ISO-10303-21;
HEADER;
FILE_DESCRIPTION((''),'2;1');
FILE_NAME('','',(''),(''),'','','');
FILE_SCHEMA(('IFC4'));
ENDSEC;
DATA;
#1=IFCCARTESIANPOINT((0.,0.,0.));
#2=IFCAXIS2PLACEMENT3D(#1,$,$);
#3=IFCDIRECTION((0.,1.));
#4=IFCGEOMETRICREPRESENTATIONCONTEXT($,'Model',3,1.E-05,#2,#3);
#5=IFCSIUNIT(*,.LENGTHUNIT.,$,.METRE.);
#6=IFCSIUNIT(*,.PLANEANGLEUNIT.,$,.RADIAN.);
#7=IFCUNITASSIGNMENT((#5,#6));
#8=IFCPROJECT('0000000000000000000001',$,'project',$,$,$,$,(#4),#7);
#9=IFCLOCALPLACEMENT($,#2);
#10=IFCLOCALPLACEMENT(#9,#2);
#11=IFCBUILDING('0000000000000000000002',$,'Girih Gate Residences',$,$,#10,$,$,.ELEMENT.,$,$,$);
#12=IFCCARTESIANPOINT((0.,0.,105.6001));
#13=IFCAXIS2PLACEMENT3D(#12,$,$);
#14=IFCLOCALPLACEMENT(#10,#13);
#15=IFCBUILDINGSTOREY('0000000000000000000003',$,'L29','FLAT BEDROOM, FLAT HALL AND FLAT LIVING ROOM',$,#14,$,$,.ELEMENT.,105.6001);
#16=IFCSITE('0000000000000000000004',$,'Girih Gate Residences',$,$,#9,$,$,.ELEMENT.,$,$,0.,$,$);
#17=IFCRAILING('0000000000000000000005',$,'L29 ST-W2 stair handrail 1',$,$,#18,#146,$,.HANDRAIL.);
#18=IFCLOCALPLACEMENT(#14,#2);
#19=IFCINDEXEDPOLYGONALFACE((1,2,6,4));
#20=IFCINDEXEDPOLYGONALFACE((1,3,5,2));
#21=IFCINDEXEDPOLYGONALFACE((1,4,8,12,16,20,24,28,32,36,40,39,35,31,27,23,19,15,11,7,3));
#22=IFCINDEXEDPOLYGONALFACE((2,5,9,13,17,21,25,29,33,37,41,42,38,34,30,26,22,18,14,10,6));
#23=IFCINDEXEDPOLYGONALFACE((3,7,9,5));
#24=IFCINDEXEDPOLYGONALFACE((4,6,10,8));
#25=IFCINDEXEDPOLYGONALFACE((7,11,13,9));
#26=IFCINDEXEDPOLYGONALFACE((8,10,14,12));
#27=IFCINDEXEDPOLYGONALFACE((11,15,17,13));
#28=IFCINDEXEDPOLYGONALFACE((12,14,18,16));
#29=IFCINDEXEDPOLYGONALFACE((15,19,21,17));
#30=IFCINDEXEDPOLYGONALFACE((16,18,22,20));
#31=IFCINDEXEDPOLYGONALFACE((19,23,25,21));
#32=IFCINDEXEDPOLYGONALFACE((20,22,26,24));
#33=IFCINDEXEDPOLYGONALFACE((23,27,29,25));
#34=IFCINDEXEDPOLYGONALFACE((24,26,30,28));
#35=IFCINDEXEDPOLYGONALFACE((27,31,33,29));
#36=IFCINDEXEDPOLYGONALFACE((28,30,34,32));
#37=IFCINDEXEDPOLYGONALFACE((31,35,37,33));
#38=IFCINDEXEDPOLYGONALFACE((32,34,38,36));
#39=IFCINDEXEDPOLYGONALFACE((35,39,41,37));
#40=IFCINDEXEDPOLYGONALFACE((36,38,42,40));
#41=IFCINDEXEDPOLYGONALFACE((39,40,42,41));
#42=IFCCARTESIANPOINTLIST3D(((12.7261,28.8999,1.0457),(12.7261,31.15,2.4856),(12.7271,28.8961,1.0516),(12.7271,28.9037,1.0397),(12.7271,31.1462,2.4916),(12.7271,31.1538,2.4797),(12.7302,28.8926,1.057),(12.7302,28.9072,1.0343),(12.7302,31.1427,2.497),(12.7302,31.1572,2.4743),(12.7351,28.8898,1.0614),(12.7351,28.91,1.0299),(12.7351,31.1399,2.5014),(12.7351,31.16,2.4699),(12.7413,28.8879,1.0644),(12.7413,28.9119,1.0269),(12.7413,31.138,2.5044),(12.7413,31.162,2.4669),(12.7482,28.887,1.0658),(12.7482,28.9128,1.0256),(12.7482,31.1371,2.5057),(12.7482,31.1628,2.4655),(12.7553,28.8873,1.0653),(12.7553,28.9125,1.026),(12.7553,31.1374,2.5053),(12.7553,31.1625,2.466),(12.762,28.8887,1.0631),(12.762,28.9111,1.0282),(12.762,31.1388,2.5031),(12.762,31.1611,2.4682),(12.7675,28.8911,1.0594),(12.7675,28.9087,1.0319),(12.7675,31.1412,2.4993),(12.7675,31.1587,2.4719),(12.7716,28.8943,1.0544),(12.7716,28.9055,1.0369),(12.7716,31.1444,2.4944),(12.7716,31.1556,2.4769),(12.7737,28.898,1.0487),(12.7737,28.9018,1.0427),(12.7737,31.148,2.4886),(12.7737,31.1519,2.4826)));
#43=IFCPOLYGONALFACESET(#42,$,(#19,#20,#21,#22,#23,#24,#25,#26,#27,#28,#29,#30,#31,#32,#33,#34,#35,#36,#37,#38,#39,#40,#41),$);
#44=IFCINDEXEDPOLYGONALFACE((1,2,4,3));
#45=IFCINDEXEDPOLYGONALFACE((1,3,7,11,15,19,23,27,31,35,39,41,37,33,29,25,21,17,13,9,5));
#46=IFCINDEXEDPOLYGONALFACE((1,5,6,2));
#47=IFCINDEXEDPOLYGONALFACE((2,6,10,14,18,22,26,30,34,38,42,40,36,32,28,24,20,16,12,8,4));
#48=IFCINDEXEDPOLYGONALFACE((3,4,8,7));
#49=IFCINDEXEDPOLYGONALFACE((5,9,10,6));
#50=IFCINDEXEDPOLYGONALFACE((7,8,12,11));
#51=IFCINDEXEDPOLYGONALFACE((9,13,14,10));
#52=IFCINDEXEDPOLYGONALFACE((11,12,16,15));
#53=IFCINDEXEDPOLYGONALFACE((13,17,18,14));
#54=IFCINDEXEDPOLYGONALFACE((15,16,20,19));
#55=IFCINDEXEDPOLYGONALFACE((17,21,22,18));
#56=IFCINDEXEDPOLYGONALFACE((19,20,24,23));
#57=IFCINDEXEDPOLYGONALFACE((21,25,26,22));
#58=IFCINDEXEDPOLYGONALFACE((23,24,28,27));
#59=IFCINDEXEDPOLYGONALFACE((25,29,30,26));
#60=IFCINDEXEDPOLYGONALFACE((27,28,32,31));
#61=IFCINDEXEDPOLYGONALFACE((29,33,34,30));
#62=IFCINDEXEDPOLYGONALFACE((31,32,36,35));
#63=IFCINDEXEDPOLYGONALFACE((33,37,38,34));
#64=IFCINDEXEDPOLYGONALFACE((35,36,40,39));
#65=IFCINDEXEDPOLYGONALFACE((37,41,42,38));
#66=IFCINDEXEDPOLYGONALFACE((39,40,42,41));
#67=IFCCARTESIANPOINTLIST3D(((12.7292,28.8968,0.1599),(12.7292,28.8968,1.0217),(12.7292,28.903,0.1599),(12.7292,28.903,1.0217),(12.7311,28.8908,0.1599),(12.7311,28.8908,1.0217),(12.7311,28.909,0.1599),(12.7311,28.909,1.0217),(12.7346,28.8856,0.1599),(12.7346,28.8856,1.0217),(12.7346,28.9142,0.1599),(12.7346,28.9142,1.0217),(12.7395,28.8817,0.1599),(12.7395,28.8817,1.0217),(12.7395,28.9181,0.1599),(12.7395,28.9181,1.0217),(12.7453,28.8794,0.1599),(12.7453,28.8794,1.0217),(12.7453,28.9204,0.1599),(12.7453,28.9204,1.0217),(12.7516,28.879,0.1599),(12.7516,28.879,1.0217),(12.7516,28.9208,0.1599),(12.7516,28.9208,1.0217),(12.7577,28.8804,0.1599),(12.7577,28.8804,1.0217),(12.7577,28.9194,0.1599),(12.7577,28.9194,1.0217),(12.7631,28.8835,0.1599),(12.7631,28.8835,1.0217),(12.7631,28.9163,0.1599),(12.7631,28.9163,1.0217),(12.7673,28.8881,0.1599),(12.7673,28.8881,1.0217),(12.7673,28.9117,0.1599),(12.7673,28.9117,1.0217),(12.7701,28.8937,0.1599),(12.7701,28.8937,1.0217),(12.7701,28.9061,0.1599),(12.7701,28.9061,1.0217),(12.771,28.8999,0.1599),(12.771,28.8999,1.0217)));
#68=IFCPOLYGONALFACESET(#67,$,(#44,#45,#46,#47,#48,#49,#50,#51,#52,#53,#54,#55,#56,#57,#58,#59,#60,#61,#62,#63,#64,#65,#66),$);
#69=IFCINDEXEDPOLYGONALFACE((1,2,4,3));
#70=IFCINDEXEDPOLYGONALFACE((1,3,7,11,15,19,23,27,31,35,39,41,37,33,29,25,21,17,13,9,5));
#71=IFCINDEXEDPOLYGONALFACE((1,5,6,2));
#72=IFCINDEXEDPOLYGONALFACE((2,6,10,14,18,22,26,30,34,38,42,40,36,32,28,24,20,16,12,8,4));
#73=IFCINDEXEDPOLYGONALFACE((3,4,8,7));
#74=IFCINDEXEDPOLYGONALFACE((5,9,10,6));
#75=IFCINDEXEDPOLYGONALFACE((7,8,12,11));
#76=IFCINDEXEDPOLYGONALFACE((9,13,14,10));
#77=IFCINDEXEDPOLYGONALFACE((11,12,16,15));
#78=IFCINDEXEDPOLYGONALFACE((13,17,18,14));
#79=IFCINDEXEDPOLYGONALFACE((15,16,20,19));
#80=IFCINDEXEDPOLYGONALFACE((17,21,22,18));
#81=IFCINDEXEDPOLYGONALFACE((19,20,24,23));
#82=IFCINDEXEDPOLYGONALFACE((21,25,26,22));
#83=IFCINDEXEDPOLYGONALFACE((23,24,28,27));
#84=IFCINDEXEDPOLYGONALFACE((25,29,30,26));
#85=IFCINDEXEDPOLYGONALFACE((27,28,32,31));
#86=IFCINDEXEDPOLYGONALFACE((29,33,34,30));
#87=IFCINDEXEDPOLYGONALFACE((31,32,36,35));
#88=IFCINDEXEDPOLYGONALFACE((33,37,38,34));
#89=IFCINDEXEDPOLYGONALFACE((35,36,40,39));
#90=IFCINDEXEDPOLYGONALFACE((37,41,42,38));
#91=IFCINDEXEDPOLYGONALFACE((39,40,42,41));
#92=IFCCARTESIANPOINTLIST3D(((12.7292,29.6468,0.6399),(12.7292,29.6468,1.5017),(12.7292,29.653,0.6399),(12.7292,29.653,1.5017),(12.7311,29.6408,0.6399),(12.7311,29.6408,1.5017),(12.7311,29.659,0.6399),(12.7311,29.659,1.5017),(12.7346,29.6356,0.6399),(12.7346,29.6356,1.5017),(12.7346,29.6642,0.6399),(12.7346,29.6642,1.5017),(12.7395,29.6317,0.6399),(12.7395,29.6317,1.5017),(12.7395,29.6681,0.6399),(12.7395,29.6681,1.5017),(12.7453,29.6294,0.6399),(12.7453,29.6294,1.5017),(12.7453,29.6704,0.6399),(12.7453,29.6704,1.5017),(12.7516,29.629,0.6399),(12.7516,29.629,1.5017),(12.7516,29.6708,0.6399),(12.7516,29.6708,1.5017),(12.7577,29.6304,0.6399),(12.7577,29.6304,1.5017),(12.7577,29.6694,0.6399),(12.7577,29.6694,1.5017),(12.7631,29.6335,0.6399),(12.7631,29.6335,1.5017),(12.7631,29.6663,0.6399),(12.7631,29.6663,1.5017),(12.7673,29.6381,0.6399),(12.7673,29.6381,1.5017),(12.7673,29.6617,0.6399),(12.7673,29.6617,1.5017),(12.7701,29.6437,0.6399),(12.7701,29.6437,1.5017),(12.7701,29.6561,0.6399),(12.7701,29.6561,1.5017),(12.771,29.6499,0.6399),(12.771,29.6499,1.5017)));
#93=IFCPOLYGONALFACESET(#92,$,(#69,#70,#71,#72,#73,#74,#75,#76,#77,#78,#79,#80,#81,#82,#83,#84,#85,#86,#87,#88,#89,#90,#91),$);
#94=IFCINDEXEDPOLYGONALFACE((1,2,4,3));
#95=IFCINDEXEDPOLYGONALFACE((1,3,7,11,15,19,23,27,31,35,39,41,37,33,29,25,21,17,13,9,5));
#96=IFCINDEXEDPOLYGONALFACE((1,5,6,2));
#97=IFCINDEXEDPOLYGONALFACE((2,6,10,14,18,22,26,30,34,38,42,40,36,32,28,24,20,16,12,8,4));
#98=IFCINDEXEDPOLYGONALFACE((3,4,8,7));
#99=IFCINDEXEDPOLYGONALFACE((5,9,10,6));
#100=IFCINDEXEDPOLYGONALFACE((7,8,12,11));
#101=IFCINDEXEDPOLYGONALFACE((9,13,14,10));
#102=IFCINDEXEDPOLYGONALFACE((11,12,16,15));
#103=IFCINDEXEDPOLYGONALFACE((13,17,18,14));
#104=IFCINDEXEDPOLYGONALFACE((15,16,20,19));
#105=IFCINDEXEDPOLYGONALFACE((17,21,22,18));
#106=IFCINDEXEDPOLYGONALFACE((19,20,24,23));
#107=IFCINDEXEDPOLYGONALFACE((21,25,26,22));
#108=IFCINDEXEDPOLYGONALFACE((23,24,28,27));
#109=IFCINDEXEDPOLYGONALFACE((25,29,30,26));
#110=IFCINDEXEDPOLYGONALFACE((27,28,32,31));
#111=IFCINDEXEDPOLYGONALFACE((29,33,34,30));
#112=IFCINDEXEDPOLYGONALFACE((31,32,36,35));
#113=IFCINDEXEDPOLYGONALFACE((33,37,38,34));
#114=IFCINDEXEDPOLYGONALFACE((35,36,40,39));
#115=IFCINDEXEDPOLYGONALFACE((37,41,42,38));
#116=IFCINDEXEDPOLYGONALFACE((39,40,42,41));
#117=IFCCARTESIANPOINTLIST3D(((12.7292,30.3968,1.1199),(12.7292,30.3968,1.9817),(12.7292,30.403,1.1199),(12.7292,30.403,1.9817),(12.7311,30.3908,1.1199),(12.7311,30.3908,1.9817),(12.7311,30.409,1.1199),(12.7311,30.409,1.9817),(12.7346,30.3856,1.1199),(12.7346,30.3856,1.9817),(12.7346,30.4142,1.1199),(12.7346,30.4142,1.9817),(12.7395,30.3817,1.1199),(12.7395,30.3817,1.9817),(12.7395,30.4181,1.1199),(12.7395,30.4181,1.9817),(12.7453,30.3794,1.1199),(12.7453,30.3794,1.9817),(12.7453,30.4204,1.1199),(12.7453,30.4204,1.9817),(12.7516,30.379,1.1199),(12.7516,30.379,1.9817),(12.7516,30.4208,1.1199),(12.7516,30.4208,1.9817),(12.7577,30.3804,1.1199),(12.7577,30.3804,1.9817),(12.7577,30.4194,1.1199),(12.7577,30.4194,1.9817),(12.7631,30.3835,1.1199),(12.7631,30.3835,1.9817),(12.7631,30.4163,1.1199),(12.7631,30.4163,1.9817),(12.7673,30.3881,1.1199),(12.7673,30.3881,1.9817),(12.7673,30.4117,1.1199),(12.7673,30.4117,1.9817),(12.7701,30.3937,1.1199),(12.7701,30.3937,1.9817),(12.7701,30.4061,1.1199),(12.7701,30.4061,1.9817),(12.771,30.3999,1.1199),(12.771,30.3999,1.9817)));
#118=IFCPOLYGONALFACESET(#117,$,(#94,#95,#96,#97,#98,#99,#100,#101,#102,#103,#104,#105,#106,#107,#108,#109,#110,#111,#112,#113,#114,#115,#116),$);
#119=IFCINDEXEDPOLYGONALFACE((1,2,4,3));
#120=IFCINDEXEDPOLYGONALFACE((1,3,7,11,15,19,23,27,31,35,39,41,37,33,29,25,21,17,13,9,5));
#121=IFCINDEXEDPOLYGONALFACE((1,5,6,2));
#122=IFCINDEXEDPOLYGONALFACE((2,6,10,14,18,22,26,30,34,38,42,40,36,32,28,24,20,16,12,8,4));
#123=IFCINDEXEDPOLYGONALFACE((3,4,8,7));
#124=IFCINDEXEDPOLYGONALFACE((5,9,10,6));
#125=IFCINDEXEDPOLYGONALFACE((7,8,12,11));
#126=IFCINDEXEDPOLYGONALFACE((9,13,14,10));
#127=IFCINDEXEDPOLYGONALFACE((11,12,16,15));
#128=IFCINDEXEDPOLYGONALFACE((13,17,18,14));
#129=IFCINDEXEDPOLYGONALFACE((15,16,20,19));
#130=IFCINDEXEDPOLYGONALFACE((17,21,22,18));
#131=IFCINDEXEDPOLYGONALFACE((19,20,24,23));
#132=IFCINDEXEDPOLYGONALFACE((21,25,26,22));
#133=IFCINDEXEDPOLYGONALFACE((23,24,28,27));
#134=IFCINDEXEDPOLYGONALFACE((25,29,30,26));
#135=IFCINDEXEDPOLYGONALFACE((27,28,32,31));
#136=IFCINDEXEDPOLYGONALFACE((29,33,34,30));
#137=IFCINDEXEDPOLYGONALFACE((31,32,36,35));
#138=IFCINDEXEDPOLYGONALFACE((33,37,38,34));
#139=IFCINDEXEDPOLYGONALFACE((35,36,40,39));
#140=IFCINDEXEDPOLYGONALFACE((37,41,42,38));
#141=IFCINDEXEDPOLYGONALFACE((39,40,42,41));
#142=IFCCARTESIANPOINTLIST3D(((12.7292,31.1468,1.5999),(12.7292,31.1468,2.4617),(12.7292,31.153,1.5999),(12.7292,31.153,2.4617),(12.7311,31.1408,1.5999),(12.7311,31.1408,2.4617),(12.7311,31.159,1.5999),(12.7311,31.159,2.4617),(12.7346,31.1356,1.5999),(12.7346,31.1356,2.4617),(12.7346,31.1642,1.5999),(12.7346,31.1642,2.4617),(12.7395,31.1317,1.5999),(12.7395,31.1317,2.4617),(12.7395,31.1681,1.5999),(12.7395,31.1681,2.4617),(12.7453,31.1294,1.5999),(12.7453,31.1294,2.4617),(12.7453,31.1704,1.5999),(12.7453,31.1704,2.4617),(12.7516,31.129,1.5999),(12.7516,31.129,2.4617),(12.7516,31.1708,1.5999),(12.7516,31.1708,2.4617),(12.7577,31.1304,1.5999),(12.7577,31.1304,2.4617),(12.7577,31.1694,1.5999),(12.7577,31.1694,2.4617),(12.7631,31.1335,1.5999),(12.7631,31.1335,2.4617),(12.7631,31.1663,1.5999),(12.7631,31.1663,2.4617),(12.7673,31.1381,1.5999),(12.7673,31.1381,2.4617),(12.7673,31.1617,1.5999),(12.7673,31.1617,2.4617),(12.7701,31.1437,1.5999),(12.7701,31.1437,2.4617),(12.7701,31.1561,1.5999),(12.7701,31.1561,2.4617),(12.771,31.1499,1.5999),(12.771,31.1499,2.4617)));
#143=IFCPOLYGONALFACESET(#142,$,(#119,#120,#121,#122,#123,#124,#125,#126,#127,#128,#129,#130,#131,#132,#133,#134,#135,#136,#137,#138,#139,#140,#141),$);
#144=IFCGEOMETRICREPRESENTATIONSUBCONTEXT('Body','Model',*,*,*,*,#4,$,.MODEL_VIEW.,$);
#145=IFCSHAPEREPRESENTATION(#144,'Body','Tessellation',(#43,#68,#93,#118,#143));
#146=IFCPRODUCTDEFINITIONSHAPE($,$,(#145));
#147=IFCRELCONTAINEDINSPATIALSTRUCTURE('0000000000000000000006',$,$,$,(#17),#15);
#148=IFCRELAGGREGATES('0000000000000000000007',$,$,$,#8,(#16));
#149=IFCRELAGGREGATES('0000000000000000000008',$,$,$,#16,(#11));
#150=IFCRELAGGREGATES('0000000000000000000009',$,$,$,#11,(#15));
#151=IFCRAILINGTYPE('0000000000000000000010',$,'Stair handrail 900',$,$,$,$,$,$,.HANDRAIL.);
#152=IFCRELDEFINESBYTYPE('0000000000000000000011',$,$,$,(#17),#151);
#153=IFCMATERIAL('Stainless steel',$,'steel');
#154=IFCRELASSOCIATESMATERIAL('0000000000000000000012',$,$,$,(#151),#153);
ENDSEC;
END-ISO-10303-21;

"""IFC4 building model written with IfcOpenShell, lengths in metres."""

from ifc_helpers import new_model, si_unit, direction, frame, origin, origin_2d, place, context, subcontext, project, spatial, circle, extrude, material, type_object, element, save


model = new_model("IFC4")

# Units and contexts
model_context = context("Model", 3, precision=1e-05, world=origin(), true_north=direction((0.0, 1.0)))
body_context = subcontext(model_context, "Body", "Model", "MODEL_VIEW")
ifc_project = project(units=[si_unit("LENGTHUNIT", "METRE"), si_unit("PLANEANGLEUNIT", "RADIAN")], contexts=[model_context])

# Site, building, storey
site_placement = place(None, origin())
site = spatial("IfcSite", under=ifc_project, at=site_placement, Name="Girih Gate Residences", CompositionType="ELEMENT", RefElevation=0.0)
building_placement = place(site_placement, origin())
building = spatial("IfcBuilding", under=site, at=building_placement, Name="Girih Gate Residences", CompositionType="ELEMENT")
storey_placement = place(building_placement, frame((0.0, 0.0, 105.6001)))
storey = spatial("IfcBuildingStorey", under=building, at=storey_placement, Name="L29", Description="FLAT BEDROOM, FLAT HALL AND FLAT LIVING ROOM", CompositionType="ELEMENT", Elevation=105.6001)

# Railing
ifc_material_1 = material(Name="Stainless steel", Category="steel")
railing_type_1 = type_object("IfcRailingType", Name="Stair handrail 900", PredefinedType="HANDRAIL", material=ifc_material_1)
railing_1_placement = place(storey_placement, frame((12.75, 28.8999, 0.1599)))
element("IfcRailing", 1, at=railing_1_placement, inside=storey, type_object=railing_type_1, Name="L29 ST-W2 stair handrail 1", PredefinedType="HANDRAIL", context=body_context, shape_type="SweptSolid", body=[
    extrude(circle(Radius=0.0239, at=origin_2d()), frame((0.0, 0.0, 0.8857), z_axis=(0.0, 0.842281, 0.539038), x_axis=(-1.0, 0.0, 0.0)), (0.0, 0.0, 1.0), 2.6714),
    extrude(circle(Radius=0.021, at=origin_2d()), origin(), (0.0, 0.0, 1.0), 0.8618),
    extrude(circle(Radius=0.021, at=origin_2d()), frame((0.0, 0.75, 0.48)), (0.0, 0.0, 1.0), 0.8618),
    extrude(circle(Radius=0.021, at=origin_2d()), frame((0.0, 1.5, 0.96)), (0.0, 0.0, 1.0), 0.8618),
    extrude(circle(Radius=0.021, at=origin_2d()), frame((0.0, 2.25, 1.4399)), (0.0, 0.0, 1.0), 0.8618),
])

save(model, "model.ifc")
